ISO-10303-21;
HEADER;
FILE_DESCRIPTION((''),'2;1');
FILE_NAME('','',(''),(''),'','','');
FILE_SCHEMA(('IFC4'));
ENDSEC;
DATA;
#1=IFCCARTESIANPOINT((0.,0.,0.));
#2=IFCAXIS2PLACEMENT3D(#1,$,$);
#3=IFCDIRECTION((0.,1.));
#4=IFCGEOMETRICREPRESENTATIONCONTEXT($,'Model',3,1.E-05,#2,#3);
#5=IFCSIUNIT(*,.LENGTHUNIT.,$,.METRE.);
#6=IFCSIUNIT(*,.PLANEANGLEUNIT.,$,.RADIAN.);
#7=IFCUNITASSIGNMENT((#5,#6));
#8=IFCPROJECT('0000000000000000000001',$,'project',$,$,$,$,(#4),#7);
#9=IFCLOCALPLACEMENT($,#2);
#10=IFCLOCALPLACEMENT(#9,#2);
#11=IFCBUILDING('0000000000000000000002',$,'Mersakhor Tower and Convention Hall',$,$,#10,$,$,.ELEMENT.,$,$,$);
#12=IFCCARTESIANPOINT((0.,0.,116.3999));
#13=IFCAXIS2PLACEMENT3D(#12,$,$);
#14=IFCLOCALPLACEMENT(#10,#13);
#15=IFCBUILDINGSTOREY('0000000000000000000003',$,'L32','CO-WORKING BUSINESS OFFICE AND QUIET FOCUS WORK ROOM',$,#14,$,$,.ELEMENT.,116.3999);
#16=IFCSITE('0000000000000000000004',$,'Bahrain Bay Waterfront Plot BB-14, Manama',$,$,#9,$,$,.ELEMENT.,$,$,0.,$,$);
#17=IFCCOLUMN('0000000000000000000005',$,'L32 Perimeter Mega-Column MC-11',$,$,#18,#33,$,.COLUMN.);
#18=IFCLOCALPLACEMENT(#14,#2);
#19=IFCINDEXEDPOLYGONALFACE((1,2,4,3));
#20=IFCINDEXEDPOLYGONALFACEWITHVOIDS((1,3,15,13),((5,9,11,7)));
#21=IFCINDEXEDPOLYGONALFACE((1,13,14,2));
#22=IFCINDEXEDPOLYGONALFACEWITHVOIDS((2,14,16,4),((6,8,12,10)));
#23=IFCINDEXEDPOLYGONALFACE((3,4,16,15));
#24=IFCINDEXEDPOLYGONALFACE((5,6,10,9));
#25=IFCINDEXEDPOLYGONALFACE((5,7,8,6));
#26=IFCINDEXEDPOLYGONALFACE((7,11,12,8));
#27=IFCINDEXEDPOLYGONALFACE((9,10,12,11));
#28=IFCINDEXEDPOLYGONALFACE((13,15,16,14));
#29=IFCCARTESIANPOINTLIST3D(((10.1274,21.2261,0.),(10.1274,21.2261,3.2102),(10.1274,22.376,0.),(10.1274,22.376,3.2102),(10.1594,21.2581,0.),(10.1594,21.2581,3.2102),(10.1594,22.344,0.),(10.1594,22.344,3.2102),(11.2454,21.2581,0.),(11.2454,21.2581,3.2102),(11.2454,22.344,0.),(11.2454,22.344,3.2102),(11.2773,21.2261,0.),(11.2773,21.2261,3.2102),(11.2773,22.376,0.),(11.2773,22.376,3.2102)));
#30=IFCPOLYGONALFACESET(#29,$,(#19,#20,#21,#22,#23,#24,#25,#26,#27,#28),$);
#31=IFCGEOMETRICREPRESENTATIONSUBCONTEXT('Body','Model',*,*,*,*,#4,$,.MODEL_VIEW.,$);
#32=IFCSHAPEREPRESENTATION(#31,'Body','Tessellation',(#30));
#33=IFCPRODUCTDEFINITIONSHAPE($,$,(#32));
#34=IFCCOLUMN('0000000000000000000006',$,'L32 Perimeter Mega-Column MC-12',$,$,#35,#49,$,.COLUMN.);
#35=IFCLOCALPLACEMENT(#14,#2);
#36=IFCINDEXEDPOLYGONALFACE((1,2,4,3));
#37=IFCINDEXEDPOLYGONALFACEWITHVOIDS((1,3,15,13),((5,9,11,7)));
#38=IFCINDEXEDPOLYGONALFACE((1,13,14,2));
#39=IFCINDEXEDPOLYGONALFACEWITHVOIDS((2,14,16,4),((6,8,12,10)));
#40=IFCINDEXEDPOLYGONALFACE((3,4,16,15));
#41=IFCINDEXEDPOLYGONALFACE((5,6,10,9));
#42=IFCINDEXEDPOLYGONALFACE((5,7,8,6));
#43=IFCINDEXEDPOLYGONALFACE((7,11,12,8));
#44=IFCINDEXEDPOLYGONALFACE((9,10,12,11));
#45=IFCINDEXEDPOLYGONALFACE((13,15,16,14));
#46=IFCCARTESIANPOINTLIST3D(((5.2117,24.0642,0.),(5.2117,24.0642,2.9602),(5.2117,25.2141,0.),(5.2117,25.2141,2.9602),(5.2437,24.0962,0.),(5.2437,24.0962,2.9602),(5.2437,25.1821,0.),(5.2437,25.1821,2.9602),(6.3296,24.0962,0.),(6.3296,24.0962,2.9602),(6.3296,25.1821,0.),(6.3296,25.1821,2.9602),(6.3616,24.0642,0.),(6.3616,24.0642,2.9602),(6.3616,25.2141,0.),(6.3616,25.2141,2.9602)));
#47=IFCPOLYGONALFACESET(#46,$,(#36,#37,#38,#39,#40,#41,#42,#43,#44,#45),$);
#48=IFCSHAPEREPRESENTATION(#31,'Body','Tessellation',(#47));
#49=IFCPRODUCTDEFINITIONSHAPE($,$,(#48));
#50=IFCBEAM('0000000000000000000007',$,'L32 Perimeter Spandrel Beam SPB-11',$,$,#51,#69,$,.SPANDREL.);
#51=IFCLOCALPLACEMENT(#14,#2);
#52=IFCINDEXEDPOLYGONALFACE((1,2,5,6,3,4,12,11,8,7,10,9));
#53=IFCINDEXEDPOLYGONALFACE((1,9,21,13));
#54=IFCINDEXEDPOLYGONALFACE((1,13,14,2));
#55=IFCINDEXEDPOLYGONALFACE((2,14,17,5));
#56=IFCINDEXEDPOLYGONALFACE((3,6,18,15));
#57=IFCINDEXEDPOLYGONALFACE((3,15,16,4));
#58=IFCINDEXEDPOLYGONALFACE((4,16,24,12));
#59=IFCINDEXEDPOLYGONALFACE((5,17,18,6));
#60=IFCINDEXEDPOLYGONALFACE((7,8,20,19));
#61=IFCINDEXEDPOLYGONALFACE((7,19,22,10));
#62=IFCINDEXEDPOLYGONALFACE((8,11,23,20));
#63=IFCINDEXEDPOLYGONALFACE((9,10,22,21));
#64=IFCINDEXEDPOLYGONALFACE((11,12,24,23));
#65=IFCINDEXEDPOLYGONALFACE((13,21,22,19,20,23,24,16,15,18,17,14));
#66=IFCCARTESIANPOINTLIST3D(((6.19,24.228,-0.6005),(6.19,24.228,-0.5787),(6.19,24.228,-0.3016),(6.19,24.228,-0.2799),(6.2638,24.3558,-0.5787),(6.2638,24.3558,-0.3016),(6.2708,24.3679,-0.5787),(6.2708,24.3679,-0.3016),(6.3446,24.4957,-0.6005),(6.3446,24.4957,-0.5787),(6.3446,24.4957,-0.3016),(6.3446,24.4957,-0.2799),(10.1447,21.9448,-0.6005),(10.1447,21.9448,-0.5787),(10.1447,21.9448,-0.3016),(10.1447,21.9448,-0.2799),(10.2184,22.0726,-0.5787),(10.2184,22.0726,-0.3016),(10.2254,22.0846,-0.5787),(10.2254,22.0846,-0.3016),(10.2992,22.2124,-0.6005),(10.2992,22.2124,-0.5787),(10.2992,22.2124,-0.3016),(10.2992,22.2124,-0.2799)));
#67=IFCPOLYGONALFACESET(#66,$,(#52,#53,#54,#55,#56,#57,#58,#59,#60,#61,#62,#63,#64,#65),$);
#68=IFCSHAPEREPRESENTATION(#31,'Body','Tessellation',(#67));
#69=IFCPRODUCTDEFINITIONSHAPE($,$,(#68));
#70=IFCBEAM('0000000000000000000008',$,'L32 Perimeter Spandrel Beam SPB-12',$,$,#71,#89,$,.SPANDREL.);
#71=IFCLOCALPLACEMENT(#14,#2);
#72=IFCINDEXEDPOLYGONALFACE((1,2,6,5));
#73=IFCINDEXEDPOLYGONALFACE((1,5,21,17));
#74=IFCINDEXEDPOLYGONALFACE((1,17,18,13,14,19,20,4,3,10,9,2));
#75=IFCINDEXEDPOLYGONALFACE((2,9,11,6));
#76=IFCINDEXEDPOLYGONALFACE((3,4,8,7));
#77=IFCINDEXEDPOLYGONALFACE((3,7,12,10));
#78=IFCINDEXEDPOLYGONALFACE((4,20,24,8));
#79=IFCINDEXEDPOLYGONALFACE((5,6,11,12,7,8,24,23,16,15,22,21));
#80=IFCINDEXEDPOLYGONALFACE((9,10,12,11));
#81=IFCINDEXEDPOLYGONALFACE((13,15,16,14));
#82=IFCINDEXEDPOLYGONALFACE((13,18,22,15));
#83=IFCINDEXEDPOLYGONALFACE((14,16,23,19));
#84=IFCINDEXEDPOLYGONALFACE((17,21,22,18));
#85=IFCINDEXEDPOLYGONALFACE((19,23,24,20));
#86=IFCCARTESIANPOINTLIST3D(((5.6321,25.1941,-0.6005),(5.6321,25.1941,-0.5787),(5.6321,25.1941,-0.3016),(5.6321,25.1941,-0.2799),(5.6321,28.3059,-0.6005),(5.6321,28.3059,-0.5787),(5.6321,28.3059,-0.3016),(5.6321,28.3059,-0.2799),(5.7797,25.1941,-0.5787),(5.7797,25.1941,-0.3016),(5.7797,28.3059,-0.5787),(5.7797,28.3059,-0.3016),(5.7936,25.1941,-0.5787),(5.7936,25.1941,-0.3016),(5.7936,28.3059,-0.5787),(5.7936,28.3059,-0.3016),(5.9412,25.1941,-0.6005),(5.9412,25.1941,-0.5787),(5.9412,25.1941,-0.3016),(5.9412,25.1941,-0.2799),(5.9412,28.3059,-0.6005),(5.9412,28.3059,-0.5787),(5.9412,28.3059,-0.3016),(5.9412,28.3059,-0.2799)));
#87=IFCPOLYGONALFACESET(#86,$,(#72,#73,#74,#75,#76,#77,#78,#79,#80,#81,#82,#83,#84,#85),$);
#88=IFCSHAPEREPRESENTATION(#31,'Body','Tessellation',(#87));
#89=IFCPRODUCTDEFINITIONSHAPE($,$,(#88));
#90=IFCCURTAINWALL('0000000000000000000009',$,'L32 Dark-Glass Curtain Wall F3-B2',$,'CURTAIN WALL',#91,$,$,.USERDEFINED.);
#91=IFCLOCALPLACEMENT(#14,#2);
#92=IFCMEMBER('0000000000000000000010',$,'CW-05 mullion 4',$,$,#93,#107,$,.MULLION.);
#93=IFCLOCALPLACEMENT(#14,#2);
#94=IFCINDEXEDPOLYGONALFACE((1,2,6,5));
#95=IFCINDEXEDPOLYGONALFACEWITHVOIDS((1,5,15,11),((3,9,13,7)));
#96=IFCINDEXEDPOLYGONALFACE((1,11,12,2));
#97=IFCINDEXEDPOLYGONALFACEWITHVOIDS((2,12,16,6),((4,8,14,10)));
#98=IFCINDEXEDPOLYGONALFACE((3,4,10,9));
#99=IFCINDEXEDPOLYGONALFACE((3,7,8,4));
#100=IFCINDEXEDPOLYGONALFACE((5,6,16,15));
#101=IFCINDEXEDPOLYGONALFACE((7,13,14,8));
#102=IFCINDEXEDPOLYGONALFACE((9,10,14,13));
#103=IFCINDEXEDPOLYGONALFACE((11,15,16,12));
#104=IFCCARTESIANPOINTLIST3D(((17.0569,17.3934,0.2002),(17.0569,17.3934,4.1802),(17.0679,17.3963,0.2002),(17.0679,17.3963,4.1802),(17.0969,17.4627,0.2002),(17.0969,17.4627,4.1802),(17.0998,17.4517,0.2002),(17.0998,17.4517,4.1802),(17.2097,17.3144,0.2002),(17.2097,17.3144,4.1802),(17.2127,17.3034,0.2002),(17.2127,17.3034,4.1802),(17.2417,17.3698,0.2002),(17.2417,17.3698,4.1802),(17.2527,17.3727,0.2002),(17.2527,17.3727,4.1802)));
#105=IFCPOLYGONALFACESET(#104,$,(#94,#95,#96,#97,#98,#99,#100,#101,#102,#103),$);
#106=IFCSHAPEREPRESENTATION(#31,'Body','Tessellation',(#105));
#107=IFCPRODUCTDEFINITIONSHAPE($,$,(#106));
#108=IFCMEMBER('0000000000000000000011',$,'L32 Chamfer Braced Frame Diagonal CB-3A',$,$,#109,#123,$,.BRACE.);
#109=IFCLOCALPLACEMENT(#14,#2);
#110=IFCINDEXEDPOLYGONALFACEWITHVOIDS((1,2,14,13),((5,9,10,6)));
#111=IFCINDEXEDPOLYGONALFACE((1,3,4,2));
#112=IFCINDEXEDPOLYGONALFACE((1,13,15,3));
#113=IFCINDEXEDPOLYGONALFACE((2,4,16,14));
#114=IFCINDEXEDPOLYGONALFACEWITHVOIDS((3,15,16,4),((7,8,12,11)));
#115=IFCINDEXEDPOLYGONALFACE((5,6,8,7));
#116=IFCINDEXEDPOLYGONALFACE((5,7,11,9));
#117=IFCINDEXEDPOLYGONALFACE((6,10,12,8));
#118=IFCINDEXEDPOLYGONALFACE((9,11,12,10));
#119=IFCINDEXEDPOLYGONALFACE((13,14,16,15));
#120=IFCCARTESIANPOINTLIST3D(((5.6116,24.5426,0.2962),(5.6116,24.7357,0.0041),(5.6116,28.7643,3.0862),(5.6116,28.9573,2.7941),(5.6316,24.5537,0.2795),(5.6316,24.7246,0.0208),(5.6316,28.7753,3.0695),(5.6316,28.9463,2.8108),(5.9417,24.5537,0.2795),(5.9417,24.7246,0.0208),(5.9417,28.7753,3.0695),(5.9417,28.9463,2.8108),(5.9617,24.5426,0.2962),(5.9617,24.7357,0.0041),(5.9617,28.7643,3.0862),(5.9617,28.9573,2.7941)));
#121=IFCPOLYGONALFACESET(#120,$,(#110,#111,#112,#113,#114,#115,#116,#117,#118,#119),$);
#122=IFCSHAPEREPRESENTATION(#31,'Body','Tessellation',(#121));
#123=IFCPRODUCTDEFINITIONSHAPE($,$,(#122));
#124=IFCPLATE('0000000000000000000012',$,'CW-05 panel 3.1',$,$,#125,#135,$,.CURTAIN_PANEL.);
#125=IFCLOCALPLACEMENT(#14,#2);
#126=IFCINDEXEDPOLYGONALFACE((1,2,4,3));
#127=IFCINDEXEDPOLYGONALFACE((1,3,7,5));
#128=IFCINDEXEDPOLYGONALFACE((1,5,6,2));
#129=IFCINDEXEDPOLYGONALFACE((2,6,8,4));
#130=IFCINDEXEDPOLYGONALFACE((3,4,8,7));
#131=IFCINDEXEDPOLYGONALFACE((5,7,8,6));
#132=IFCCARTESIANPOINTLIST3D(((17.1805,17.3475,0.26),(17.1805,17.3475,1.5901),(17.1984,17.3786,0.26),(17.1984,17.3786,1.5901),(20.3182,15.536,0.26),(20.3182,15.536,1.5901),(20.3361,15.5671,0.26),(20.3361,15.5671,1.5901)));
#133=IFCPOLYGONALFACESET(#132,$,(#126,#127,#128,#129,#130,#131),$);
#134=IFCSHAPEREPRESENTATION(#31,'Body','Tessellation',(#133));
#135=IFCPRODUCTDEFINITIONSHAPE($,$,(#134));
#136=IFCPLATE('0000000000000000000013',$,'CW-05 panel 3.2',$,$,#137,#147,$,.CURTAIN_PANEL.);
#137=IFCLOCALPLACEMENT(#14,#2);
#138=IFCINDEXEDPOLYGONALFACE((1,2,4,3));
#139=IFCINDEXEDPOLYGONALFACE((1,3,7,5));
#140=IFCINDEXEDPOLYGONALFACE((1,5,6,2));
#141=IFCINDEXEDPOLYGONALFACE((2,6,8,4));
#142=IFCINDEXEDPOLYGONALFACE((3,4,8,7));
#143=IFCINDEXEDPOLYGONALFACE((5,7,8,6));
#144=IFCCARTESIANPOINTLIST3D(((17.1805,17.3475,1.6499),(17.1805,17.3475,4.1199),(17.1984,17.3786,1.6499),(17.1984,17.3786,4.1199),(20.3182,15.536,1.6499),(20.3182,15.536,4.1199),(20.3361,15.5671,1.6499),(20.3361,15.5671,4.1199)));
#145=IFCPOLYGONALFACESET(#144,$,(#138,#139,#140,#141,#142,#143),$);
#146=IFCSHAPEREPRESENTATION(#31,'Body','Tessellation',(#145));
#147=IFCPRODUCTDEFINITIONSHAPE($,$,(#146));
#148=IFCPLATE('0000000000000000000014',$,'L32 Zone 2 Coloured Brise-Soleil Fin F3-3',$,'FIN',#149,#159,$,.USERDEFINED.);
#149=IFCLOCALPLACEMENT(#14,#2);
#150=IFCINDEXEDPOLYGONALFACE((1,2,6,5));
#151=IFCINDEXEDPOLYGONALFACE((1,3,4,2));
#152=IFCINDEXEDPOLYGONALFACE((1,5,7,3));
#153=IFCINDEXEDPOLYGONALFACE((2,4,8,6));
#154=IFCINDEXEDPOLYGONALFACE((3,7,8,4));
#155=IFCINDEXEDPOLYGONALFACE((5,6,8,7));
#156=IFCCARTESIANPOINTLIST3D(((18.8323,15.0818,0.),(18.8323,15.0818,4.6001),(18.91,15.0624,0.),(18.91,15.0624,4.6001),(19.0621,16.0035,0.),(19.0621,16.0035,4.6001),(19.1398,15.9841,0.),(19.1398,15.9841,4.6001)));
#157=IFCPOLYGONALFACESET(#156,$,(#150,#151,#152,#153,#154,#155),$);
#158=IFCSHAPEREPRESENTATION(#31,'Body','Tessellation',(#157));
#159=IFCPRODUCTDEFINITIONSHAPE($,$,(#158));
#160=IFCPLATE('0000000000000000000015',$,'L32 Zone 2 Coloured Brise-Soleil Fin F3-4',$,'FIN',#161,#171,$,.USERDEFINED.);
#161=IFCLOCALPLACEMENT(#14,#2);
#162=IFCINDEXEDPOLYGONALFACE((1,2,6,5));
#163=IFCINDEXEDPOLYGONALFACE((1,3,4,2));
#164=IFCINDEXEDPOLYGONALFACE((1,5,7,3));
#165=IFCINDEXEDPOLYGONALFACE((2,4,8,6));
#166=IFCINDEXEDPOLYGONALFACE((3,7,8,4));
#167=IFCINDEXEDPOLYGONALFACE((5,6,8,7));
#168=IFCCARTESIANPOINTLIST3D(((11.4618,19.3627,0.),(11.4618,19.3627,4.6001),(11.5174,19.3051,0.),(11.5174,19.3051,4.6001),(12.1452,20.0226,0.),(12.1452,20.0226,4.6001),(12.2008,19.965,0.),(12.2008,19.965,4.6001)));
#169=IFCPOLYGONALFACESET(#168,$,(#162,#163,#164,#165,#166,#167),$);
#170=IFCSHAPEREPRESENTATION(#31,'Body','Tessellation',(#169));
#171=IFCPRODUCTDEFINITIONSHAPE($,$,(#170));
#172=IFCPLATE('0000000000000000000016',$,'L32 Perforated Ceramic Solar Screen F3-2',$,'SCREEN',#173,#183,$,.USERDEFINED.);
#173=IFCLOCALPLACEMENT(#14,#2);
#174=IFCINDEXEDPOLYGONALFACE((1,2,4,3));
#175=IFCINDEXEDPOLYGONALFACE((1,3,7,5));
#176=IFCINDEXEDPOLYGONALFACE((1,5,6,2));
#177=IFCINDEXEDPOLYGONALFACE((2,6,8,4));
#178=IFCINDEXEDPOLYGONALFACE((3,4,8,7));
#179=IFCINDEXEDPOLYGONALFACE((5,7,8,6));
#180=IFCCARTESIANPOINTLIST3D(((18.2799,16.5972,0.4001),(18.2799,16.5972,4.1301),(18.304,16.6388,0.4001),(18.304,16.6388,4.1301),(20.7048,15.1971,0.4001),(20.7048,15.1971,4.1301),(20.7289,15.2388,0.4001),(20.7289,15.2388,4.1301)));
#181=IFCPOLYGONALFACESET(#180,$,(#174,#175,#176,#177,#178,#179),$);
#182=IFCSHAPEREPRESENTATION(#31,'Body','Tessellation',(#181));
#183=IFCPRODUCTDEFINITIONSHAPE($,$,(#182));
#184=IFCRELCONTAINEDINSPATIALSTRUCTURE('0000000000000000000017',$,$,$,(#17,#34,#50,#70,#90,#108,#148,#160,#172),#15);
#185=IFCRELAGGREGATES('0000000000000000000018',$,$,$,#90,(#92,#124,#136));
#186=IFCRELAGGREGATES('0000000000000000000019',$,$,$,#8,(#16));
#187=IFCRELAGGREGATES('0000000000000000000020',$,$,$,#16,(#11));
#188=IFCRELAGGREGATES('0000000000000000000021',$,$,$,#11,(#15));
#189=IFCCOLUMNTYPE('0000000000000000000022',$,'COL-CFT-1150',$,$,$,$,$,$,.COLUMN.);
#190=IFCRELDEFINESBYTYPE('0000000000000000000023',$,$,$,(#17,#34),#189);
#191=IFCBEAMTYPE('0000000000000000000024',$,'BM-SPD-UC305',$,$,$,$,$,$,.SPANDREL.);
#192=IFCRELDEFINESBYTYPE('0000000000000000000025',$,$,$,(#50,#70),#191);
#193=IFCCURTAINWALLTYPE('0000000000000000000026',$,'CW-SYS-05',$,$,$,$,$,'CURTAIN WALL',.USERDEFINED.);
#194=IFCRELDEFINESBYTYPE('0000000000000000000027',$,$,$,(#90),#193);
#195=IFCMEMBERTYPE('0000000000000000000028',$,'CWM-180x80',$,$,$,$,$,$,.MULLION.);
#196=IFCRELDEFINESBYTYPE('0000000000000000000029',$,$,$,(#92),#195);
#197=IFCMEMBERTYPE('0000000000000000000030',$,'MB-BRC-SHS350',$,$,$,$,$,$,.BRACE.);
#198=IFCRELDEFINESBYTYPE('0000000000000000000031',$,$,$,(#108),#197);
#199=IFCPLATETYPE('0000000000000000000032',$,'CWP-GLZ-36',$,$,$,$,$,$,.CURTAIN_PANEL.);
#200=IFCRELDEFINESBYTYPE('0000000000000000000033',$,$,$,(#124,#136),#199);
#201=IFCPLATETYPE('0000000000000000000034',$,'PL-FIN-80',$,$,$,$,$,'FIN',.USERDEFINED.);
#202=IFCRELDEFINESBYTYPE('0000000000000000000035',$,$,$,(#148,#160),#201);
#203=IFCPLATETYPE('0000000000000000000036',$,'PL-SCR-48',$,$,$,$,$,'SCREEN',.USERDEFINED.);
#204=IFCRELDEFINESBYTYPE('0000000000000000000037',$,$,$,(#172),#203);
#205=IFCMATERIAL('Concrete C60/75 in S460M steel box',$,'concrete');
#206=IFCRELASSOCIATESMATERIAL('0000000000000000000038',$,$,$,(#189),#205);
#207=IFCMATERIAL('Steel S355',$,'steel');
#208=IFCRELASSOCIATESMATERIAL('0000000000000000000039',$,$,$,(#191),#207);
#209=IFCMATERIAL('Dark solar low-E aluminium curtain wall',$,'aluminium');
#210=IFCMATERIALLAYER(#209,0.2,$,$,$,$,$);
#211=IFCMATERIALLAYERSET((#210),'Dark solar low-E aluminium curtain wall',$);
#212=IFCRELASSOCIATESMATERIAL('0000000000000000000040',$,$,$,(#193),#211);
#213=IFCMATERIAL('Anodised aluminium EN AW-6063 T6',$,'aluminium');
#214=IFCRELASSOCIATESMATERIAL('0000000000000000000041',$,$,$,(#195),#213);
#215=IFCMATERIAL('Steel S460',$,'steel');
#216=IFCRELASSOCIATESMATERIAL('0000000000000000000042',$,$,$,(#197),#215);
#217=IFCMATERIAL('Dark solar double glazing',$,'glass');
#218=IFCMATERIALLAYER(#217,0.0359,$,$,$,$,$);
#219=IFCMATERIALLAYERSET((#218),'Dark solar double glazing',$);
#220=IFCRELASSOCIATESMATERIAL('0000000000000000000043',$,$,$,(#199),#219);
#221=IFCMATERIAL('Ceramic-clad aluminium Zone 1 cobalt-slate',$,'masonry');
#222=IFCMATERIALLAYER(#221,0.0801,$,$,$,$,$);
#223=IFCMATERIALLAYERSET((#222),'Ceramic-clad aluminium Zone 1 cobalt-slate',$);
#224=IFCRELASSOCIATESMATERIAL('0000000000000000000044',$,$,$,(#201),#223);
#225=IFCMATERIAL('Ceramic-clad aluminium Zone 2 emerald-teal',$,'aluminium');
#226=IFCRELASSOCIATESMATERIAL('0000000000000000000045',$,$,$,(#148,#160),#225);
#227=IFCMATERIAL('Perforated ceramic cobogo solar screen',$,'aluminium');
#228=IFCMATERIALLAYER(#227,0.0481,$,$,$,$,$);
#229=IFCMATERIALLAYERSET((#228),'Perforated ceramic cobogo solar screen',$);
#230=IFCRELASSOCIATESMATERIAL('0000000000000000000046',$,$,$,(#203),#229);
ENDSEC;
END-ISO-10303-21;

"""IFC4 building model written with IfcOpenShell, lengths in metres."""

from ifc_helpers import new_model, si_unit, direction, frame, origin, origin_2d, place, context, subcontext, project, spatial, rectangle, hollow_rectangle, i_section, extrude, material, layer, layer_set, material_profile, profile_set, type_object, element, aggregate, save


model = new_model("IFC4")

# Units and contexts
model_context = context("Model", 3, precision=1e-05, world=origin(), true_north=direction((0.0, 1.0)))
body_context = subcontext(model_context, "Body", "Model", "MODEL_VIEW")
ifc_project = project(units=[si_unit("LENGTHUNIT", "METRE"), si_unit("PLANEANGLEUNIT", "RADIAN")], contexts=[model_context])

# Site, building, storey
site_placement = place(None, origin())
site = spatial("IfcSite", under=ifc_project, at=site_placement, Name="Bahrain Bay Waterfront Plot BB-14, Manama", CompositionType="ELEMENT", RefElevation=0.0)
building_placement = place(site_placement, origin())
building = spatial("IfcBuilding", under=site, at=building_placement, Name="Mersakhor Tower and Convention Hall", CompositionType="ELEMENT")
storey_placement = place(building_placement, frame((0.0, 0.0, 116.3999)))
storey = spatial("IfcBuildingStorey", under=building, at=storey_placement, Name="L32", Description="CO-WORKING BUSINESS OFFICE AND QUIET FOCUS WORK ROOM", CompositionType="ELEMENT", Elevation=116.3999)

# Columns
ifc_material_1 = material(Name="Concrete C60/75 in S460M steel box", Category="concrete")
ifc_material_profile_1 = material_profile(ifc_material_1, hollow_rectangle(XDim=1.1499, YDim=1.1499, WallThickness=0.032, at=origin_2d()), Name="SHS 1150x1150x32")
ifc_profile_set_1 = profile_set([ifc_material_profile_1], Name="Concrete C60/75 in S460M steel box")
column_type = type_object("IfcColumnType", Name="COL-CFT-1150", PredefinedType="COLUMN", material=ifc_profile_set_1)
column_1_placement = place(storey_placement, frame((10.7024, 21.801, 0.0), z_axis=(0.0, 0.0, 1.0), x_axis=(1.0, 0.0, 0.0)))
element("IfcColumn", 1, at=column_1_placement, inside=storey, type_object=column_type, Name="L32 Perimeter Mega-Column MC-11", PredefinedType="COLUMN", context=body_context, shape_type="SweptSolid", body=[
    extrude(hollow_rectangle(XDim=1.1499, YDim=1.1499, WallThickness=0.032, at=origin_2d()), origin(), (0.0, 0.0, 1.0), 3.2102),
])
column_2_placement = place(storey_placement, frame((5.7866, 24.6392, 0.0), z_axis=(0.0, 0.0, 1.0), x_axis=(1.0, 0.0, 0.0)))
element("IfcColumn", 2, at=column_2_placement, inside=storey, type_object=column_type, Name="L32 Perimeter Mega-Column MC-12", PredefinedType="COLUMN", context=body_context, shape_type="SweptSolid", body=[
    extrude(hollow_rectangle(XDim=1.1499, YDim=1.1499, WallThickness=0.032, at=origin_2d()), origin(), (0.0, 0.0, 1.0), 2.9602),
])

# Beams
ifc_material_2 = material(Name="Steel S355", Category="steel")
ifc_material_profile_2 = material_profile(ifc_material_2, i_section(OverallWidth=0.3091, OverallDepth=0.3206, WebThickness=0.0139, FlangeThickness=0.0217, at=origin_2d()), Name="UC 305x305x137")
ifc_profile_set_2 = profile_set([ifc_material_profile_2], Name="Steel S355")
beam_type = type_object("IfcBeamType", Name="BM-SPD-UC305", PredefinedType="SPANDREL", material=ifc_profile_set_2)
beam_1_placement = place(storey_placement, frame((10.2219, 22.0786, -0.4402), z_axis=(-0.866024, 0.500003, 0.0), x_axis=(-0.500003, -0.866024, 0.0)))
element("IfcBeam", 3, at=beam_1_placement, inside=storey, type_object=beam_type, Name="L32 Perimeter Spandrel Beam SPB-11", PredefinedType="SPANDREL", context=body_context, shape_type="SweptSolid", body=[
    extrude(i_section(OverallWidth=0.3091, OverallDepth=0.3206, WebThickness=0.0139, FlangeThickness=0.0217, at=origin_2d()), origin(), (0.0, 0.0, 1.0), 4.5664),
])
beam_2_placement = place(storey_placement, frame((5.7866, 25.1941, -0.4402), z_axis=(0.0, 1.0, 0.0), x_axis=(-1.0, 0.0, 0.0)))
element("IfcBeam", 4, at=beam_2_placement, inside=storey, type_object=beam_type, Name="L32 Perimeter Spandrel Beam SPB-12", PredefinedType="SPANDREL", context=body_context, shape_type="SweptSolid", body=[
    extrude(i_section(OverallWidth=0.3091, OverallDepth=0.3206, WebThickness=0.0139, FlangeThickness=0.0217, at=origin_2d()), origin(), (0.0, 0.0, 1.0), 3.1118),
])

# Curtain wall, member
ifc_material_3 = material(Name="Dark solar low-E aluminium curtain wall", Category="aluminium")
ifc_layer_1 = layer(ifc_material_3, 0.2)
ifc_layer_set_1 = layer_set([ifc_layer_1], Name="Dark solar low-E aluminium curtain wall")
curtain_wall_type = type_object("IfcCurtainWallType", Name="CW-SYS-05", ElementType="CURTAIN WALL", PredefinedType="USERDEFINED", material=ifc_layer_set_1)
curtain_wall_placement = place(storey_placement, origin())
curtain_wall = element("IfcCurtainWall", 5, at=curtain_wall_placement, inside=storey, type_object=curtain_wall_type, Name="L32 Dark-Glass Curtain Wall F3-B2", ObjectType="CURTAIN WALL", PredefinedType="USERDEFINED")
ifc_material_4 = material(Name="Anodised aluminium EN AW-6063 T6", Category="aluminium")
ifc_material_profile_3 = material_profile(ifc_material_4, hollow_rectangle(XDim=0.0801, YDim=0.1799, WallThickness=0.0081, at=origin_2d()), Name="RHS 180x80x8")
ifc_profile_set_3 = profile_set([ifc_material_profile_3], Name="Anodised aluminium EN AW-6063 T6")
member_type_1 = type_object("IfcMemberType", Name="CWM-180x80", PredefinedType="MULLION", material=ifc_profile_set_3)
member_1_placement = place(storey_placement, frame((17.1548, 17.3831, 0.2002), z_axis=(0.0, 0.0, 1.0), x_axis=(-0.499998, -0.866027, 0.0)))
member_1 = element("IfcMember", 6, at=member_1_placement, type_object=member_type_1, Name="CW-05 mullion 4", PredefinedType="MULLION", context=body_context, shape_type="SweptSolid", body=[
    extrude(hollow_rectangle(XDim=0.0801, YDim=0.1799, WallThickness=0.0081, at=origin_2d()), origin(), (0.0, 0.0, 1.0), 3.98),
])

# Member
ifc_material_5 = material(Name="Steel S460", Category="steel")
ifc_material_profile_4 = material_profile(ifc_material_5, hollow_rectangle(XDim=0.3501, YDim=0.3501, WallThickness=0.02, at=origin_2d()), Name="SHS 350x350x20")
ifc_profile_set_4 = profile_set([ifc_material_profile_4], Name="Steel S460")
member_type_2 = type_object("IfcMemberType", Name="MB-BRC-SHS350", PredefinedType="BRACE", material=ifc_profile_set_4)
member_2_placement = place(storey_placement, frame((5.7866, 24.6392, 0.1501), z_axis=(0.0, 0.83427, 0.551356), x_axis=(-1.0, 0.0, 0.0)))
element("IfcMember", 7, at=member_2_placement, inside=storey, type_object=member_type_2, Name="L32 Chamfer Braced Frame Diagonal CB-3A", PredefinedType="BRACE", context=body_context, shape_type="SweptSolid", body=[
    extrude(hollow_rectangle(XDim=0.3501, YDim=0.3501, WallThickness=0.02, at=origin_2d()), origin(), (0.0, 0.0, 1.0), 5.0603),
])

# Plates
ifc_material_6 = material(Name="Dark solar double glazing", Category="glass")
ifc_layer_2 = layer(ifc_material_6, 0.0359)
ifc_layer_set_2 = layer_set([ifc_layer_2], Name="Dark solar double glazing")
plate_type_1 = type_object("IfcPlateType", Name="CWP-GLZ-36", PredefinedType="CURTAIN_PANEL", material=ifc_layer_set_2)
plate_1_placement = place(storey_placement, frame((18.7583, 16.4573, 0.26), z_axis=(0.0, 0.0, 1.0), x_axis=(-0.866027, 0.499998, 0.0)))
plate_1 = element("IfcPlate", 8, at=plate_1_placement, type_object=plate_type_1, Name="CW-05 panel 3.1", PredefinedType="CURTAIN_PANEL", context=body_context, shape_type="SweptSolid", body=[
    extrude(rectangle(XDim=3.623, YDim=0.0359, at=origin_2d()), origin(), (0.0, 0.0, 1.0), 1.3301),
])
plate_2_placement = place(storey_placement, frame((18.7583, 16.4573, 1.6499), z_axis=(0.0, 0.0, 1.0), x_axis=(-0.866027, 0.499998, 0.0)))
plate_2 = element("IfcPlate", 9, at=plate_2_placement, type_object=plate_type_1, Name="CW-05 panel 3.2", PredefinedType="CURTAIN_PANEL", context=body_context, shape_type="SweptSolid", body=[
    extrude(rectangle(XDim=3.623, YDim=0.0359, at=origin_2d()), origin(), (0.0, 0.0, 1.0), 2.47),
])
aggregate(curtain_wall, [member_1, plate_1, plate_2])

# Plates
ifc_material_7 = material(Name="Ceramic-clad aluminium Zone 2 emerald-teal", Category="aluminium")
ifc_material_8 = material(Name="Ceramic-clad aluminium Zone 1 cobalt-slate", Category="masonry")
ifc_layer_3 = layer(ifc_material_8, 0.0801)
ifc_layer_set_3 = layer_set([ifc_layer_3], Name="Ceramic-clad aluminium Zone 1 cobalt-slate")
plate_type_2 = type_object("IfcPlateType", Name="PL-FIN-80", ElementType="FIN", PredefinedType="USERDEFINED", material=ifc_layer_set_3)
for number, where, z_axis, x_axis, name in (
    (10, (18.9861, 15.533, 0.0), (0.0, 0.0, 1.0), (-0.241922, -0.970296, 0.0), "L32 Zone 2 Coloured Brise-Soleil Fin F3-3"),
    (11, (11.8313, 19.6638, 0.0), (0.0, 0.0, 1.0), (-0.71934, -0.694658, 0.0), "L32 Zone 2 Coloured Brise-Soleil Fin F3-4"),
):
    element("IfcPlate", number, at=place(storey_placement, frame(where, z_axis=z_axis, x_axis=x_axis)), inside=storey, type_object=plate_type_2, material=ifc_material_7, Name=name, ObjectType="FIN", PredefinedType="USERDEFINED", context=body_context, shape_type="SweptSolid", body=[
        extrude(rectangle(XDim=0.95, YDim=0.0801, at=origin_2d()), origin(), (0.0, 0.0, 1.0), 4.6001),
    ])
ifc_material_9 = material(Name="Perforated ceramic cobogo solar screen", Category="aluminium")
ifc_layer_4 = layer(ifc_material_9, 0.0481)
ifc_layer_set_4 = layer_set([ifc_layer_4], Name="Perforated ceramic cobogo solar screen")
plate_type_3 = type_object("IfcPlateType", Name="PL-SCR-48", ElementType="SCREEN", PredefinedType="USERDEFINED", material=ifc_layer_set_4)
plate_3_placement = place(storey_placement, frame((19.5044, 15.918, 0.4001), z_axis=(0.0, 0.0, 1.0), x_axis=(-0.866025, 0.5, 0.0)))
element("IfcPlate", 12, at=plate_3_placement, inside=storey, type_object=plate_type_3, Name="L32 Perforated Ceramic Solar Screen F3-2", ObjectType="SCREEN", PredefinedType="USERDEFINED", context=body_context, shape_type="SweptSolid", body=[
    extrude(rectangle(XDim=2.8, YDim=0.0481, at=origin_2d()), origin(), (0.0, 0.0, 1.0), 3.73),
])

save(model, "model.ifc")
